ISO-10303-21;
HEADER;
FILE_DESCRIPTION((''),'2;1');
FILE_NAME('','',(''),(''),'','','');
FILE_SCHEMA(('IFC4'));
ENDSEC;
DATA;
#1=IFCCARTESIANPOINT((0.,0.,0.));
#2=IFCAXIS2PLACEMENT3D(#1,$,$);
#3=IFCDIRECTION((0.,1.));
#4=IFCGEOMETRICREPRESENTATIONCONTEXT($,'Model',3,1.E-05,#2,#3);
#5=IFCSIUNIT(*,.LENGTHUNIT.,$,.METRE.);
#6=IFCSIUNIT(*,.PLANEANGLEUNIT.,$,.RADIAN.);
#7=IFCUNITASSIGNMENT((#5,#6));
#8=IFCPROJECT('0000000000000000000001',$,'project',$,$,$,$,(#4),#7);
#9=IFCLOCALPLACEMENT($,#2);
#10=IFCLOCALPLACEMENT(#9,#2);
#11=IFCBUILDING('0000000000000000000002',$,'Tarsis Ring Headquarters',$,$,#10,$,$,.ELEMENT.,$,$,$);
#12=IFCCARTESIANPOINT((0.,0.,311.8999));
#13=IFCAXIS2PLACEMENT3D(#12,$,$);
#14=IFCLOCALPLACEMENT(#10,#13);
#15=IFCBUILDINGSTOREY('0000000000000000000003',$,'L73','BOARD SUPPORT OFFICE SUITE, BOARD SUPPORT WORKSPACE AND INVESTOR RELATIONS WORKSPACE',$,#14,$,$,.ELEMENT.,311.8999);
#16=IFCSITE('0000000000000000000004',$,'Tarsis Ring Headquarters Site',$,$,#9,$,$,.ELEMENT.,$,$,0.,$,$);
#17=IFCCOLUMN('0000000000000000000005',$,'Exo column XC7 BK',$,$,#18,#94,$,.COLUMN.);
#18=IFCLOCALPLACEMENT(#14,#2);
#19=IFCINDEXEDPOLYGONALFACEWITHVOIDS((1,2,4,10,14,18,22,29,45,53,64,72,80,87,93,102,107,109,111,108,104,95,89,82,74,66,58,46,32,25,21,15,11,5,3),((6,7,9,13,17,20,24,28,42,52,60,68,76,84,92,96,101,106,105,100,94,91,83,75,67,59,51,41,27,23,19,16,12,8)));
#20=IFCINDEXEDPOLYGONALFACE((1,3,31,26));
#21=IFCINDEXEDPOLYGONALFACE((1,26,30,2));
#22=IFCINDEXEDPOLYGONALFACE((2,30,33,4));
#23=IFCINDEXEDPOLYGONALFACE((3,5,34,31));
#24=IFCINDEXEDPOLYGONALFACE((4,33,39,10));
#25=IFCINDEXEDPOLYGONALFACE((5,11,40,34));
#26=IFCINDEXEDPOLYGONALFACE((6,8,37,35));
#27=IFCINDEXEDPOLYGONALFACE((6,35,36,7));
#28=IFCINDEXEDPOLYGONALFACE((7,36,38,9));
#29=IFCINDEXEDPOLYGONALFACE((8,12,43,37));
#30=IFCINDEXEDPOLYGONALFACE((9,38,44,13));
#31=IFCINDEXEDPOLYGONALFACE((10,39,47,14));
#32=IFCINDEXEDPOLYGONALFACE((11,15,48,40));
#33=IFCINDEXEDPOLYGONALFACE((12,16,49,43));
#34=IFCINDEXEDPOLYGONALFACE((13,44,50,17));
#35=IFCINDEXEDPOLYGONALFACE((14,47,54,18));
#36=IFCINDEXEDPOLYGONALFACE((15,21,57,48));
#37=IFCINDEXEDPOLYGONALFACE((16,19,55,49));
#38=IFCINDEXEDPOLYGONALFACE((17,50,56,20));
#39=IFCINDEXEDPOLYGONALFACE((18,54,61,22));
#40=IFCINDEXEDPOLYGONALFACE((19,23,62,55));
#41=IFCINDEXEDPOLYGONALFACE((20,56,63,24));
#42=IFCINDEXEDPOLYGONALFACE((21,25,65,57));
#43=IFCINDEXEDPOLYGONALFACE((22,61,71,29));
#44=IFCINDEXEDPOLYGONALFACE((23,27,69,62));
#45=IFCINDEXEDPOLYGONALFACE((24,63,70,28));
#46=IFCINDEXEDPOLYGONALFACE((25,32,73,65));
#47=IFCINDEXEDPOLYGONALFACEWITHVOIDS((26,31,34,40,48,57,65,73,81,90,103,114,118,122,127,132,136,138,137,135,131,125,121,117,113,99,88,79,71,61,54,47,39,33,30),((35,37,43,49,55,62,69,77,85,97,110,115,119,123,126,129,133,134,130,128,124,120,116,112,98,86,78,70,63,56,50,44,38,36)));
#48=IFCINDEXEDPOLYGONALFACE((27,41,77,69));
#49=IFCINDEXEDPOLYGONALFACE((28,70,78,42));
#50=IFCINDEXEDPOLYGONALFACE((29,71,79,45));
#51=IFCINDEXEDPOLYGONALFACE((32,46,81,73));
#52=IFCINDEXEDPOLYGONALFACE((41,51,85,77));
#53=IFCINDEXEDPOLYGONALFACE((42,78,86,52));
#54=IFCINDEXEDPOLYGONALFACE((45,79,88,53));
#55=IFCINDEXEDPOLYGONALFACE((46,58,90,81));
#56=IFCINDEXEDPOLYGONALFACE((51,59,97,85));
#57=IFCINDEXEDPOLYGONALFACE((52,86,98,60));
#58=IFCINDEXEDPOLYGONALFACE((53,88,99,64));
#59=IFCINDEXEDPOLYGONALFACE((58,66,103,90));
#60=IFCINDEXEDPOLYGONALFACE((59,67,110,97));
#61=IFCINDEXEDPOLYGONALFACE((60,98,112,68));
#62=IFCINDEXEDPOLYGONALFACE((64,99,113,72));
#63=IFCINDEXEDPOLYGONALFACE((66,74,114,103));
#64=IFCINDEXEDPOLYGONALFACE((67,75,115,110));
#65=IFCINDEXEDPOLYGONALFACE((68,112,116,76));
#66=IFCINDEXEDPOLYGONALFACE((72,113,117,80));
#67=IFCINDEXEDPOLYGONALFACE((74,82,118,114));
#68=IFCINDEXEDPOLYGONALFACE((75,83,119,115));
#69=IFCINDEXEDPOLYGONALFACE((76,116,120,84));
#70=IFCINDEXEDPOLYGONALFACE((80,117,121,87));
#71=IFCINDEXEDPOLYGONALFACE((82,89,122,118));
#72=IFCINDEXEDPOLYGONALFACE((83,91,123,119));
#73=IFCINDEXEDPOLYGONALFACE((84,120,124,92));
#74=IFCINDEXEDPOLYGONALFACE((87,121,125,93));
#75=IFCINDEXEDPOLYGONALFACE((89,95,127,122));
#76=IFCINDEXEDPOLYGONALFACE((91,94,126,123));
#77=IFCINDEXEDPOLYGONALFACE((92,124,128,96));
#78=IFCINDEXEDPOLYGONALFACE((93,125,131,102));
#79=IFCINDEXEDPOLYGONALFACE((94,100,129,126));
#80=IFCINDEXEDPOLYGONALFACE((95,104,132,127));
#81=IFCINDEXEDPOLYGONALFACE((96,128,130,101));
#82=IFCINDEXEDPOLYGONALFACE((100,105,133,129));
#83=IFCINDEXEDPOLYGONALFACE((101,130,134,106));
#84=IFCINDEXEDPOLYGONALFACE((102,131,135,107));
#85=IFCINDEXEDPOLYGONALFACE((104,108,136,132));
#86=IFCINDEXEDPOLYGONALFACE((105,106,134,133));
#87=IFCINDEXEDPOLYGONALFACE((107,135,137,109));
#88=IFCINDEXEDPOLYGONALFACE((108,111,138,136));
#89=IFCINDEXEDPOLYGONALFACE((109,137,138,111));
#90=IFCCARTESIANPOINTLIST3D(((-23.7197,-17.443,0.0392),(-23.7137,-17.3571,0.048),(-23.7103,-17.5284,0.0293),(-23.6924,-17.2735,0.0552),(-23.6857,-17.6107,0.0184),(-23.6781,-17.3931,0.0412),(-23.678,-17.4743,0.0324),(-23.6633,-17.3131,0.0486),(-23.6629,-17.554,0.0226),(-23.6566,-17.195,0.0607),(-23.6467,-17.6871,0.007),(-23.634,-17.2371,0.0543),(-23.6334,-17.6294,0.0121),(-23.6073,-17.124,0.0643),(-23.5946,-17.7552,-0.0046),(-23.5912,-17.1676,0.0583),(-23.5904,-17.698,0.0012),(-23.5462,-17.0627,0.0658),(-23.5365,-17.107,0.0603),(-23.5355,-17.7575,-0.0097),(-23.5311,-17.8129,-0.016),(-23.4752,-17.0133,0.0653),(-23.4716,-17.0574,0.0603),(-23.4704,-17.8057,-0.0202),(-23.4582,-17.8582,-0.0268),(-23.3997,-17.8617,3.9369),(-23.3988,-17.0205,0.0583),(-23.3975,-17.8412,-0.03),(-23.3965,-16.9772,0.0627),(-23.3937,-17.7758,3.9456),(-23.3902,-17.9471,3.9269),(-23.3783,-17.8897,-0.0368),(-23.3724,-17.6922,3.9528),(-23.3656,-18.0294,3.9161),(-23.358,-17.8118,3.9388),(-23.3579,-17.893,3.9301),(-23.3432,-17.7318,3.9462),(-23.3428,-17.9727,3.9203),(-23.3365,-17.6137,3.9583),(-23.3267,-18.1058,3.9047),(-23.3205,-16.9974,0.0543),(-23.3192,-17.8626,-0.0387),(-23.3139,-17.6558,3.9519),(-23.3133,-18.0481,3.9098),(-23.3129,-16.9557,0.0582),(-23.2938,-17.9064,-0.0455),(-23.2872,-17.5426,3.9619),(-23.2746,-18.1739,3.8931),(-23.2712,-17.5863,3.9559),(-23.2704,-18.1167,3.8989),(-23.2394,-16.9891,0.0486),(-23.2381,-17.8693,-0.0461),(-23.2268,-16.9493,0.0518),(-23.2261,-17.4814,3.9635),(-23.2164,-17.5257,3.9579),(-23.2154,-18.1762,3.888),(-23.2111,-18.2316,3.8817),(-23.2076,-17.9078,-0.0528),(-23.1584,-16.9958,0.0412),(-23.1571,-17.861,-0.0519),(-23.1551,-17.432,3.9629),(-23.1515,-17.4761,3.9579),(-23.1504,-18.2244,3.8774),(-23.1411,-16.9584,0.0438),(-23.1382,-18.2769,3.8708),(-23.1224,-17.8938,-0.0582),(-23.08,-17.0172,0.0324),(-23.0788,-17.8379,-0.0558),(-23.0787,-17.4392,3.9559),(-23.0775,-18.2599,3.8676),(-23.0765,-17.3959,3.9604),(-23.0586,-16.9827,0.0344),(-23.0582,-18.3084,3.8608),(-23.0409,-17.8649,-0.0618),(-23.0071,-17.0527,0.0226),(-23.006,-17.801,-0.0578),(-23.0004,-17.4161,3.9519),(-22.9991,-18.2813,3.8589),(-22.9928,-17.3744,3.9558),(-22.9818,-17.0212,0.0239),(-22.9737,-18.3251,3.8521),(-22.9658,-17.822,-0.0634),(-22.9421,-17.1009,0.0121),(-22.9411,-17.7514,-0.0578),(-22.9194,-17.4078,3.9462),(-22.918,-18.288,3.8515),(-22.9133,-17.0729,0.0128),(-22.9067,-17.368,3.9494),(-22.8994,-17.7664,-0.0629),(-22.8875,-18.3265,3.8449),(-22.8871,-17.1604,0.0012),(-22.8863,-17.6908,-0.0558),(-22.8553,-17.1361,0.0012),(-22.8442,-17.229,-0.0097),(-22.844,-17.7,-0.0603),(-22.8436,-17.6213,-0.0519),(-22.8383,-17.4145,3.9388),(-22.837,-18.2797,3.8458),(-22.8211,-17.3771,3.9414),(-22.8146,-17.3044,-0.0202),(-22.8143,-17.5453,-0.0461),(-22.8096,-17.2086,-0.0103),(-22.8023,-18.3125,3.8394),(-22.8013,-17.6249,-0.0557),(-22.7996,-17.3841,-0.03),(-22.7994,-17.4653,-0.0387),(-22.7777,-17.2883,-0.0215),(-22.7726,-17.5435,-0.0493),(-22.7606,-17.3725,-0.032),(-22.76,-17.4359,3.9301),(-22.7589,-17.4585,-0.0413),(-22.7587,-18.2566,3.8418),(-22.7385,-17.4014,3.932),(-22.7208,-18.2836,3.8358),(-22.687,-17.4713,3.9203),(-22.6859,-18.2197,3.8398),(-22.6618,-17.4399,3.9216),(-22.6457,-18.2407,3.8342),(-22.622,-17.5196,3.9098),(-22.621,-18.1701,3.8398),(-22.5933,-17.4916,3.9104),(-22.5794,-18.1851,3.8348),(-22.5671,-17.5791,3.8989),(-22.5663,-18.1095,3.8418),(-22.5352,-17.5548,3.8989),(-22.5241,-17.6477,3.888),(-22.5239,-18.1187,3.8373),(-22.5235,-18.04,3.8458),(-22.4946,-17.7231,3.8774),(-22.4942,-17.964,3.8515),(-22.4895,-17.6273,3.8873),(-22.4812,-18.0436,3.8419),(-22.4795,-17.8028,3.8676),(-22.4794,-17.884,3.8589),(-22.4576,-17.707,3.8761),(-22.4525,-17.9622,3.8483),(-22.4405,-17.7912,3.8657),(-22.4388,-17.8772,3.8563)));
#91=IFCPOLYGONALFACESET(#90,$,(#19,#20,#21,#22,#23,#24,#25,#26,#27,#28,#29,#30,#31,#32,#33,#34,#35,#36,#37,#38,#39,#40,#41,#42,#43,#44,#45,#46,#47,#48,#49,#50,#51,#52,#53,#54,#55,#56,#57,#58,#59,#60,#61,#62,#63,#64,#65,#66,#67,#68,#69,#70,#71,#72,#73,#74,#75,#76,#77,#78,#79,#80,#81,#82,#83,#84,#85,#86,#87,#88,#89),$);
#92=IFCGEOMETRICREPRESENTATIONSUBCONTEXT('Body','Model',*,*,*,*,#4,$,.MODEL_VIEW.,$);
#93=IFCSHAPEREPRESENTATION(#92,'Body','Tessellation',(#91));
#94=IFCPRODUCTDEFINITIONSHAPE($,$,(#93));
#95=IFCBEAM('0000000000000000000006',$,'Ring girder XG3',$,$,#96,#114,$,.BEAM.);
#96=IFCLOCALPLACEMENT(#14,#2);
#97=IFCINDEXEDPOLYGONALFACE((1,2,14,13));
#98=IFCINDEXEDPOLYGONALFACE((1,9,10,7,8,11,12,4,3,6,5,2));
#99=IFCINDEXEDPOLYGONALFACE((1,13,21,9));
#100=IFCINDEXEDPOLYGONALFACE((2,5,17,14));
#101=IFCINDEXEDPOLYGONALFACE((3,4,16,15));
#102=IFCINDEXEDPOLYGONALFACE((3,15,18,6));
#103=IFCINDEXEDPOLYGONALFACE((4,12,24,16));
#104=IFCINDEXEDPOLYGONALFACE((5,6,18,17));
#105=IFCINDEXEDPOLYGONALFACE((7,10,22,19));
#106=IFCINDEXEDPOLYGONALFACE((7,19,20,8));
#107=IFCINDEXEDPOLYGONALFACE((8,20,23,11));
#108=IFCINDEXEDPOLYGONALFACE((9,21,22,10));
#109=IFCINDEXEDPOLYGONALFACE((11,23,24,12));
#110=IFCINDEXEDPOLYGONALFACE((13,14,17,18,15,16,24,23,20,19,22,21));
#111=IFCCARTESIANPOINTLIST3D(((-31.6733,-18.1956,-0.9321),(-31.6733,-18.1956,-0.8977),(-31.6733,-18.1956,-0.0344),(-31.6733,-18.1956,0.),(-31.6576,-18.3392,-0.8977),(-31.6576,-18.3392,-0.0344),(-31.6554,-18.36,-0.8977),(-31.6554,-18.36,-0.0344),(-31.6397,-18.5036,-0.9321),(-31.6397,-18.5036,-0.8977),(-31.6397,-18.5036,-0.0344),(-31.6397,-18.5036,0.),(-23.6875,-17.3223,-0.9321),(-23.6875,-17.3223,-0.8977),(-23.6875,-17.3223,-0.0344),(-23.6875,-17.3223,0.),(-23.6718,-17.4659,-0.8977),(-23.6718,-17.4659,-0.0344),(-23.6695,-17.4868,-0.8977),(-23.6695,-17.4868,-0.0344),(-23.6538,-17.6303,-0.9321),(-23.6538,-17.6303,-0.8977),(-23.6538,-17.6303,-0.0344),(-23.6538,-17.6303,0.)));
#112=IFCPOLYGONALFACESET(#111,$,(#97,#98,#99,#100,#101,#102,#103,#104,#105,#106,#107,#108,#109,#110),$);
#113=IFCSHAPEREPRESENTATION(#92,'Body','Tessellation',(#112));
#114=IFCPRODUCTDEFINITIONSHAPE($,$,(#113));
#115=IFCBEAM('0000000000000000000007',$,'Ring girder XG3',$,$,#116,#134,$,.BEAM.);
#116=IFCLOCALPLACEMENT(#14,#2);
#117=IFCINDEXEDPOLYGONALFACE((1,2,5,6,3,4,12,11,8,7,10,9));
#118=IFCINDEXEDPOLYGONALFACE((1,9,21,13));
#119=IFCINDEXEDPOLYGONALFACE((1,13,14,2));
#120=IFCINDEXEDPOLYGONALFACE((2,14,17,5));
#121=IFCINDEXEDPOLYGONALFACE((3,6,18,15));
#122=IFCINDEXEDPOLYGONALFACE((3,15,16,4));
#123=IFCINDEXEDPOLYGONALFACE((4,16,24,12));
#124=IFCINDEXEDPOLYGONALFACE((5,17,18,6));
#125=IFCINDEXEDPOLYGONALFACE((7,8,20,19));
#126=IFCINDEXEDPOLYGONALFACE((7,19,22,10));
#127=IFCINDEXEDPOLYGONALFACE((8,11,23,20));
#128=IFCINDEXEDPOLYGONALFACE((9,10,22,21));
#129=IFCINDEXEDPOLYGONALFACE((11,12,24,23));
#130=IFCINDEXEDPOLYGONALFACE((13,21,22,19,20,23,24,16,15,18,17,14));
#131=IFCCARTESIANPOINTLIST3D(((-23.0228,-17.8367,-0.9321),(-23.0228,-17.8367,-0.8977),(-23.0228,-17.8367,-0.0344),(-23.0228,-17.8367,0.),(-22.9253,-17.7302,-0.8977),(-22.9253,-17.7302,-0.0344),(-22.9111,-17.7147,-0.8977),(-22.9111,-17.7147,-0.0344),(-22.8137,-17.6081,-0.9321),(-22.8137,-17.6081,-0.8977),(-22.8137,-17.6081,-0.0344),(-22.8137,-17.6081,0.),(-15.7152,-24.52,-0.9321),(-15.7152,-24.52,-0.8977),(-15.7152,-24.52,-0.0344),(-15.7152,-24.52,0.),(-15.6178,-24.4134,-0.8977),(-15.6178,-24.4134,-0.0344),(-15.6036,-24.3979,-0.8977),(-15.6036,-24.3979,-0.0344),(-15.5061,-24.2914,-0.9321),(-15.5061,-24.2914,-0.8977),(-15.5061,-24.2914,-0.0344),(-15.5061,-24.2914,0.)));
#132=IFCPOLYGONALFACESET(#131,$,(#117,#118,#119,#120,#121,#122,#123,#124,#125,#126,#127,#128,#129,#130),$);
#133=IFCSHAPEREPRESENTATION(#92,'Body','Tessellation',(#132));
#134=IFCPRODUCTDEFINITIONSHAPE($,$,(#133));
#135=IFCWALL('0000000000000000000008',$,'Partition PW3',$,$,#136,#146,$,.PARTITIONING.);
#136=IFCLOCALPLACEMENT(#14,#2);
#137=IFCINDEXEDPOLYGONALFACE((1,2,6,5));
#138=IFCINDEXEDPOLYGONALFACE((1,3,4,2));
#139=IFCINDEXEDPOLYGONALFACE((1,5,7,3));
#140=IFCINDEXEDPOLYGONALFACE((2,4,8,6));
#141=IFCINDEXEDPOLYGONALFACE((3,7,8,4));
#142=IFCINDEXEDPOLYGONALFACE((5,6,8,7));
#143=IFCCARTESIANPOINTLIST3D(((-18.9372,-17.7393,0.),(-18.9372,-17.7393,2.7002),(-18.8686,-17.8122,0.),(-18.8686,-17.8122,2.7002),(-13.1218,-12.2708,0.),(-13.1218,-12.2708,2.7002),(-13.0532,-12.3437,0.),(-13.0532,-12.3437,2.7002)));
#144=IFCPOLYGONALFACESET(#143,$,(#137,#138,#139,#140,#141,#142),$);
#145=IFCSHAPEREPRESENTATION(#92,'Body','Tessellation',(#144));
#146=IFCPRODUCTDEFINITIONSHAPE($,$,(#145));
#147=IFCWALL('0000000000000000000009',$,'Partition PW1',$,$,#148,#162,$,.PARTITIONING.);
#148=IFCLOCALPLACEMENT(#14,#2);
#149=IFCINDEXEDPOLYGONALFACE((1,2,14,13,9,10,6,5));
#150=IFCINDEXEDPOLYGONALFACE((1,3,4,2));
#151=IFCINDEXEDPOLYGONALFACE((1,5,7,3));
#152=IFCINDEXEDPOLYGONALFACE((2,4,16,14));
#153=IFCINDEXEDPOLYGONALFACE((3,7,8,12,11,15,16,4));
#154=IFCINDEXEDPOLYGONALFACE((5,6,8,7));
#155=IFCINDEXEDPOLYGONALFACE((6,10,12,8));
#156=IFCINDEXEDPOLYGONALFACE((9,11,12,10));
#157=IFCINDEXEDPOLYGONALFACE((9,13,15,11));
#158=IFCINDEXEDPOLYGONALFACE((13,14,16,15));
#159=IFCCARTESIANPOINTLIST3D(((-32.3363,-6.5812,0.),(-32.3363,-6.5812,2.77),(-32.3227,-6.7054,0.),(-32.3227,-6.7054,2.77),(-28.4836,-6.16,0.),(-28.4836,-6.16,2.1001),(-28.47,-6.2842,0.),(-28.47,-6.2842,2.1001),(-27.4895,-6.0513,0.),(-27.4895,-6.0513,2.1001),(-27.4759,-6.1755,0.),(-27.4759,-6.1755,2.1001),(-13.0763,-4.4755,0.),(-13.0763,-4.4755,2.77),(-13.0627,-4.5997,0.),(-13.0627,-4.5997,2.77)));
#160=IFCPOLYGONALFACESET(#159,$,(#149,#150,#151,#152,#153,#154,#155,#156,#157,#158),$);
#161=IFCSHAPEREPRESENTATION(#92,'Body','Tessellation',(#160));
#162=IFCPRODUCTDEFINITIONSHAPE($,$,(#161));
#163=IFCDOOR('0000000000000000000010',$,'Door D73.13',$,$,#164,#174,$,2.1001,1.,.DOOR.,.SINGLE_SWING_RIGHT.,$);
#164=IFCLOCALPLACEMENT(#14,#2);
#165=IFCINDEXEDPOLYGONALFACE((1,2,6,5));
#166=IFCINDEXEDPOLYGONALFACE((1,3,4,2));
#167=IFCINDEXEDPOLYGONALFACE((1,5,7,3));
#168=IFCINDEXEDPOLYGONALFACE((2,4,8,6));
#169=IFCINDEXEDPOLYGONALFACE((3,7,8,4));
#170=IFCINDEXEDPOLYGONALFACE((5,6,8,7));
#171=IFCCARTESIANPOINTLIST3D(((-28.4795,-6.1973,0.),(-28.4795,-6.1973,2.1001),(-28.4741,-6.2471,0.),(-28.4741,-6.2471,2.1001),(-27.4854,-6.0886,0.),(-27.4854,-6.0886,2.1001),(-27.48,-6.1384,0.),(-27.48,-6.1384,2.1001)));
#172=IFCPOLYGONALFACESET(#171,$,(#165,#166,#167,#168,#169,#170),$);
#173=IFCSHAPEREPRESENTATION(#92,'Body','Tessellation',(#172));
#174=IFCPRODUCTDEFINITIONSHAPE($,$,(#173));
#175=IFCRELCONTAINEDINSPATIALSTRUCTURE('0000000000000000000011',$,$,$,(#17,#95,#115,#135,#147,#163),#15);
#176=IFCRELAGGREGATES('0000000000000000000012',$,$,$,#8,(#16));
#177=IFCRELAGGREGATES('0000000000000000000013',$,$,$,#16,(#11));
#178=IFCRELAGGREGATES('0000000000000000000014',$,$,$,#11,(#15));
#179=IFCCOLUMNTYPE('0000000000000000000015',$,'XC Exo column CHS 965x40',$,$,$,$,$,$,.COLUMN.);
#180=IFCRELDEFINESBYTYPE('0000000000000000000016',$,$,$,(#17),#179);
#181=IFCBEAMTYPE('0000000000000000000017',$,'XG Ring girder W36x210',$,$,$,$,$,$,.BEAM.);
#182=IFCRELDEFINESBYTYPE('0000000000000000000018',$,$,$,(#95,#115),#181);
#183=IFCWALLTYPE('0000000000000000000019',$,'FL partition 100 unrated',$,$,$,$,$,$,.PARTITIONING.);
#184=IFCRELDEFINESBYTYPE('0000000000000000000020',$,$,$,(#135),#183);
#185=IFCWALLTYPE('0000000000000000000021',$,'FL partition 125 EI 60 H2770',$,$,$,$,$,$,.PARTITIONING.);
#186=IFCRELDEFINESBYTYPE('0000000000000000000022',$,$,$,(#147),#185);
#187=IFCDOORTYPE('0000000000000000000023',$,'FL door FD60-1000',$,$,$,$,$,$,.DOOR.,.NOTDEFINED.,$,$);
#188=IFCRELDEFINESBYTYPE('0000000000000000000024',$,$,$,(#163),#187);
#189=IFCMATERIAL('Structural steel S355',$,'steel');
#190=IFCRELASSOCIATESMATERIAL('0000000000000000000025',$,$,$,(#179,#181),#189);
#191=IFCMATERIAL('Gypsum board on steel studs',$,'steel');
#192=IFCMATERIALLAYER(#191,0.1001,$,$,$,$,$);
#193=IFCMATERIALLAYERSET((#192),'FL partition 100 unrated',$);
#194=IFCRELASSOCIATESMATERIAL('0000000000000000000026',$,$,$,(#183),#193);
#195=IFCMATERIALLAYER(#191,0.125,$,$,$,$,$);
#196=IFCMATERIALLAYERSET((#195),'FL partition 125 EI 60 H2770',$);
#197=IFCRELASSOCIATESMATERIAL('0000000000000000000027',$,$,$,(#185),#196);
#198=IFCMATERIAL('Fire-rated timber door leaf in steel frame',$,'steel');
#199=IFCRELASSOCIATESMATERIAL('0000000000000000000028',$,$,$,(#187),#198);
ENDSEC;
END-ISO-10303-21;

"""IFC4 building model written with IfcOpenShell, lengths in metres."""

from ifc_helpers import new_model, si_unit, direction, frame, frame_2d, origin, origin_2d, place, context, subcontext, project, spatial, rectangle, hollow_circle, i_section, extrude, material, layer, layer_set, material_profile, profile_set, type_object, element, fill, save


model = new_model("IFC4")

# Units and contexts
model_context = context("Model", 3, precision=1e-05, world=origin(), true_north=direction((0.0, 1.0)))
body_context = subcontext(model_context, "Body", "Model", "MODEL_VIEW")
ifc_project = project(units=[si_unit("LENGTHUNIT", "METRE"), si_unit("PLANEANGLEUNIT", "RADIAN")], contexts=[model_context])

# Site, building, storey
site_placement = place(None, origin())
site = spatial("IfcSite", under=ifc_project, at=site_placement, Name="Tarsis Ring Headquarters Site", CompositionType="ELEMENT", RefElevation=0.0)
building_placement = place(site_placement, origin())
building = spatial("IfcBuilding", under=site, at=building_placement, Name="Tarsis Ring Headquarters", CompositionType="ELEMENT")
storey_placement = place(building_placement, frame((0.0, 0.0, 311.8999)))
storey = spatial("IfcBuildingStorey", under=building, at=storey_placement, Name="L73", Description="BOARD SUPPORT OFFICE SUITE, BOARD SUPPORT WORKSPACE AND INVESTOR RELATIONS WORKSPACE", CompositionType="ELEMENT", Elevation=311.8999)

# Column
ifc_material_1 = material(Name="Structural steel S355", Category="steel")
ifc_material_profile_1 = material_profile(ifc_material_1, hollow_circle(Radius=0.4827, WallThickness=0.04, at=origin_2d()), Name="CHS 965x40")
ifc_profile_set_1 = profile_set([ifc_material_profile_1], Name="Structural steel S355")
column_type = type_object("IfcColumnType", Name="XC Exo column CHS 965x40", PredefinedType="COLUMN", material=ifc_profile_set_1)
column_1_placement = place(storey_placement, frame((-23.2388, -17.4292, 0.0012), z_axis=(0.081377, -0.106454, 0.990982), x_axis=(0.794463, 0.607313, 0.0)))
element("IfcColumn", 1, at=column_1_placement, inside=storey, type_object=column_type, Name="Exo column XC7 BK", PredefinedType="COLUMN", context=body_context, shape_type="SweptSolid", body=[
    extrude(hollow_circle(Radius=0.4827, WallThickness=0.04, at=origin_2d()), origin(), (0.0, 0.0, 1.0), 3.9331),
])

# Beams
ifc_material_profile_2 = material_profile(ifc_material_1, i_section(OverallWidth=0.3098, OverallDepth=0.9321, WebThickness=0.021, FlangeThickness=0.0344, at=origin_2d()), Name="W36x210")
ifc_profile_set_2 = profile_set([ifc_material_profile_2], Name="Structural steel S355")
beam_type = type_object("IfcBeamType", Name="XG Ring girder W36x210", PredefinedType="BEAM", material=ifc_profile_set_2)
beam_1_placement = place(storey_placement, frame((-31.6565, -18.3496, -0.4661), z_axis=(0.994074, 0.108707, 0.0), x_axis=(-0.108707, 0.994074, 0.0)))
element("IfcBeam", 2, at=beam_1_placement, inside=storey, type_object=beam_type, Name="Ring girder XG3", PredefinedType="BEAM", context=body_context, shape_type="SweptSolid", body=[
    extrude(i_section(OverallWidth=0.3098, OverallDepth=0.9321, WebThickness=0.021, FlangeThickness=0.0344, at=origin_2d()), origin(), (0.0, 0.0, 1.0), 8.0334),
])
beam_2_placement = place(storey_placement, frame((-22.9182, -17.7224, -0.4661), z_axis=(0.737923, -0.674885, 0.0), x_axis=(0.674885, 0.737923, 0.0)))
element("IfcBeam", 3, at=beam_2_placement, inside=storey, type_object=beam_type, Name="Ring girder XG3", PredefinedType="BEAM", context=body_context, shape_type="SweptSolid", body=[
    extrude(i_section(OverallWidth=0.3098, OverallDepth=0.9321, WebThickness=0.021, FlangeThickness=0.0344, at=origin_2d()), origin(), (0.0, 0.0, 1.0), 9.9028),
])

# Wall
ifc_material_2 = material(Name="Gypsum board on steel studs", Category="steel")
ifc_layer_1 = layer(ifc_material_2, 0.1001)
ifc_layer_set_1 = layer_set([ifc_layer_1], Name="FL partition 100 unrated")
wall_type_1 = type_object("IfcWallType", Name="FL partition 100 unrated", PredefinedType="PARTITIONING", material=ifc_layer_set_1)
wall_1_placement = place(storey_placement, frame((-18.9028, -17.7756, 0.0), z_axis=(0.0, 0.0, 1.0), x_axis=(0.728503, 0.685043, 0.0)))
element("IfcWall", 4, at=wall_1_placement, inside=storey, type_object=wall_type_1, Name="Partition PW3", PredefinedType="PARTITIONING", context=body_context, shape_type="SweptSolid", body=[
    extrude(rectangle(XDim=7.9827, YDim=0.1001, at=frame_2d((3.9912, 0.0))), origin(), (0.0, 0.0, 1.0), 2.7002),
])

# Wall, opening, door
ifc_layer_2 = layer(ifc_material_2, 0.125)
ifc_layer_set_2 = layer_set([ifc_layer_2], Name="FL partition 125 EI 60 H2770")
wall_type_2 = type_object("IfcWallType", Name="FL partition 125 EI 60 H2770", PredefinedType="PARTITIONING", material=ifc_layer_set_2)
wall_2_placement = place(storey_placement, frame((-32.3296, -6.6433, 0.0), z_axis=(0.0, 0.0, 1.0), x_axis=(0.994076, 0.108683, 0.0)))
wall_2 = element("IfcWall", 5, at=wall_2_placement, inside=storey, type_object=wall_type_2, Name="Partition PW1", PredefinedType="PARTITIONING", context=body_context, shape_type="SweptSolid", body=[
    extrude(rectangle(XDim=19.3748, YDim=0.125, at=frame_2d((9.6875, 0.0))), origin(), (0.0, 0.0, 1.0), 2.77),
])
opening_1_placement = place(wall_2_placement, frame((3.8757, 0.0, 0.0)))
opening_1 = element("IfcOpeningElement", 6, at=opening_1_placement, cuts=wall_2, PredefinedType="OPENING", context=body_context, shape_type="SweptSolid", body=[
    extrude(rectangle(XDim=1.0, YDim=2.1001, at=frame_2d((0.5, 1.05))), frame((0.0, 0.0725, 0.0), z_axis=(0.0, -1.0, 0.0), x_axis=(1.0, 0.0, 0.0)), (0.0, 0.0, 1.0), 0.145),
])
ifc_material_3 = material(Name="Fire-rated timber door leaf in steel frame", Category="steel")
door_type = type_object("IfcDoorType", Name="FL door FD60-1000", OperationType="NOTDEFINED", PredefinedType="DOOR", material=ifc_material_3)
door_placement = place(opening_1_placement, origin())
door = element("IfcDoor", 7, at=door_placement, inside=storey, type_object=door_type, Name="Door D73.13", OperationType="SINGLE_SWING_RIGHT", OverallHeight=2.1001, OverallWidth=1.0, PredefinedType="DOOR", context=body_context, shape_type="SweptSolid", body=[
    extrude(rectangle(XDim=1.0, YDim=2.1001, at=frame_2d((0.5, 1.05))), frame((0.0, 0.0249, 0.0), z_axis=(0.0, -1.0, 0.0), x_axis=(1.0, 0.0, 0.0)), (0.0, 0.0, 1.0), 0.05),
])
fill(opening_1, door)

save(model, "model.ifc")
